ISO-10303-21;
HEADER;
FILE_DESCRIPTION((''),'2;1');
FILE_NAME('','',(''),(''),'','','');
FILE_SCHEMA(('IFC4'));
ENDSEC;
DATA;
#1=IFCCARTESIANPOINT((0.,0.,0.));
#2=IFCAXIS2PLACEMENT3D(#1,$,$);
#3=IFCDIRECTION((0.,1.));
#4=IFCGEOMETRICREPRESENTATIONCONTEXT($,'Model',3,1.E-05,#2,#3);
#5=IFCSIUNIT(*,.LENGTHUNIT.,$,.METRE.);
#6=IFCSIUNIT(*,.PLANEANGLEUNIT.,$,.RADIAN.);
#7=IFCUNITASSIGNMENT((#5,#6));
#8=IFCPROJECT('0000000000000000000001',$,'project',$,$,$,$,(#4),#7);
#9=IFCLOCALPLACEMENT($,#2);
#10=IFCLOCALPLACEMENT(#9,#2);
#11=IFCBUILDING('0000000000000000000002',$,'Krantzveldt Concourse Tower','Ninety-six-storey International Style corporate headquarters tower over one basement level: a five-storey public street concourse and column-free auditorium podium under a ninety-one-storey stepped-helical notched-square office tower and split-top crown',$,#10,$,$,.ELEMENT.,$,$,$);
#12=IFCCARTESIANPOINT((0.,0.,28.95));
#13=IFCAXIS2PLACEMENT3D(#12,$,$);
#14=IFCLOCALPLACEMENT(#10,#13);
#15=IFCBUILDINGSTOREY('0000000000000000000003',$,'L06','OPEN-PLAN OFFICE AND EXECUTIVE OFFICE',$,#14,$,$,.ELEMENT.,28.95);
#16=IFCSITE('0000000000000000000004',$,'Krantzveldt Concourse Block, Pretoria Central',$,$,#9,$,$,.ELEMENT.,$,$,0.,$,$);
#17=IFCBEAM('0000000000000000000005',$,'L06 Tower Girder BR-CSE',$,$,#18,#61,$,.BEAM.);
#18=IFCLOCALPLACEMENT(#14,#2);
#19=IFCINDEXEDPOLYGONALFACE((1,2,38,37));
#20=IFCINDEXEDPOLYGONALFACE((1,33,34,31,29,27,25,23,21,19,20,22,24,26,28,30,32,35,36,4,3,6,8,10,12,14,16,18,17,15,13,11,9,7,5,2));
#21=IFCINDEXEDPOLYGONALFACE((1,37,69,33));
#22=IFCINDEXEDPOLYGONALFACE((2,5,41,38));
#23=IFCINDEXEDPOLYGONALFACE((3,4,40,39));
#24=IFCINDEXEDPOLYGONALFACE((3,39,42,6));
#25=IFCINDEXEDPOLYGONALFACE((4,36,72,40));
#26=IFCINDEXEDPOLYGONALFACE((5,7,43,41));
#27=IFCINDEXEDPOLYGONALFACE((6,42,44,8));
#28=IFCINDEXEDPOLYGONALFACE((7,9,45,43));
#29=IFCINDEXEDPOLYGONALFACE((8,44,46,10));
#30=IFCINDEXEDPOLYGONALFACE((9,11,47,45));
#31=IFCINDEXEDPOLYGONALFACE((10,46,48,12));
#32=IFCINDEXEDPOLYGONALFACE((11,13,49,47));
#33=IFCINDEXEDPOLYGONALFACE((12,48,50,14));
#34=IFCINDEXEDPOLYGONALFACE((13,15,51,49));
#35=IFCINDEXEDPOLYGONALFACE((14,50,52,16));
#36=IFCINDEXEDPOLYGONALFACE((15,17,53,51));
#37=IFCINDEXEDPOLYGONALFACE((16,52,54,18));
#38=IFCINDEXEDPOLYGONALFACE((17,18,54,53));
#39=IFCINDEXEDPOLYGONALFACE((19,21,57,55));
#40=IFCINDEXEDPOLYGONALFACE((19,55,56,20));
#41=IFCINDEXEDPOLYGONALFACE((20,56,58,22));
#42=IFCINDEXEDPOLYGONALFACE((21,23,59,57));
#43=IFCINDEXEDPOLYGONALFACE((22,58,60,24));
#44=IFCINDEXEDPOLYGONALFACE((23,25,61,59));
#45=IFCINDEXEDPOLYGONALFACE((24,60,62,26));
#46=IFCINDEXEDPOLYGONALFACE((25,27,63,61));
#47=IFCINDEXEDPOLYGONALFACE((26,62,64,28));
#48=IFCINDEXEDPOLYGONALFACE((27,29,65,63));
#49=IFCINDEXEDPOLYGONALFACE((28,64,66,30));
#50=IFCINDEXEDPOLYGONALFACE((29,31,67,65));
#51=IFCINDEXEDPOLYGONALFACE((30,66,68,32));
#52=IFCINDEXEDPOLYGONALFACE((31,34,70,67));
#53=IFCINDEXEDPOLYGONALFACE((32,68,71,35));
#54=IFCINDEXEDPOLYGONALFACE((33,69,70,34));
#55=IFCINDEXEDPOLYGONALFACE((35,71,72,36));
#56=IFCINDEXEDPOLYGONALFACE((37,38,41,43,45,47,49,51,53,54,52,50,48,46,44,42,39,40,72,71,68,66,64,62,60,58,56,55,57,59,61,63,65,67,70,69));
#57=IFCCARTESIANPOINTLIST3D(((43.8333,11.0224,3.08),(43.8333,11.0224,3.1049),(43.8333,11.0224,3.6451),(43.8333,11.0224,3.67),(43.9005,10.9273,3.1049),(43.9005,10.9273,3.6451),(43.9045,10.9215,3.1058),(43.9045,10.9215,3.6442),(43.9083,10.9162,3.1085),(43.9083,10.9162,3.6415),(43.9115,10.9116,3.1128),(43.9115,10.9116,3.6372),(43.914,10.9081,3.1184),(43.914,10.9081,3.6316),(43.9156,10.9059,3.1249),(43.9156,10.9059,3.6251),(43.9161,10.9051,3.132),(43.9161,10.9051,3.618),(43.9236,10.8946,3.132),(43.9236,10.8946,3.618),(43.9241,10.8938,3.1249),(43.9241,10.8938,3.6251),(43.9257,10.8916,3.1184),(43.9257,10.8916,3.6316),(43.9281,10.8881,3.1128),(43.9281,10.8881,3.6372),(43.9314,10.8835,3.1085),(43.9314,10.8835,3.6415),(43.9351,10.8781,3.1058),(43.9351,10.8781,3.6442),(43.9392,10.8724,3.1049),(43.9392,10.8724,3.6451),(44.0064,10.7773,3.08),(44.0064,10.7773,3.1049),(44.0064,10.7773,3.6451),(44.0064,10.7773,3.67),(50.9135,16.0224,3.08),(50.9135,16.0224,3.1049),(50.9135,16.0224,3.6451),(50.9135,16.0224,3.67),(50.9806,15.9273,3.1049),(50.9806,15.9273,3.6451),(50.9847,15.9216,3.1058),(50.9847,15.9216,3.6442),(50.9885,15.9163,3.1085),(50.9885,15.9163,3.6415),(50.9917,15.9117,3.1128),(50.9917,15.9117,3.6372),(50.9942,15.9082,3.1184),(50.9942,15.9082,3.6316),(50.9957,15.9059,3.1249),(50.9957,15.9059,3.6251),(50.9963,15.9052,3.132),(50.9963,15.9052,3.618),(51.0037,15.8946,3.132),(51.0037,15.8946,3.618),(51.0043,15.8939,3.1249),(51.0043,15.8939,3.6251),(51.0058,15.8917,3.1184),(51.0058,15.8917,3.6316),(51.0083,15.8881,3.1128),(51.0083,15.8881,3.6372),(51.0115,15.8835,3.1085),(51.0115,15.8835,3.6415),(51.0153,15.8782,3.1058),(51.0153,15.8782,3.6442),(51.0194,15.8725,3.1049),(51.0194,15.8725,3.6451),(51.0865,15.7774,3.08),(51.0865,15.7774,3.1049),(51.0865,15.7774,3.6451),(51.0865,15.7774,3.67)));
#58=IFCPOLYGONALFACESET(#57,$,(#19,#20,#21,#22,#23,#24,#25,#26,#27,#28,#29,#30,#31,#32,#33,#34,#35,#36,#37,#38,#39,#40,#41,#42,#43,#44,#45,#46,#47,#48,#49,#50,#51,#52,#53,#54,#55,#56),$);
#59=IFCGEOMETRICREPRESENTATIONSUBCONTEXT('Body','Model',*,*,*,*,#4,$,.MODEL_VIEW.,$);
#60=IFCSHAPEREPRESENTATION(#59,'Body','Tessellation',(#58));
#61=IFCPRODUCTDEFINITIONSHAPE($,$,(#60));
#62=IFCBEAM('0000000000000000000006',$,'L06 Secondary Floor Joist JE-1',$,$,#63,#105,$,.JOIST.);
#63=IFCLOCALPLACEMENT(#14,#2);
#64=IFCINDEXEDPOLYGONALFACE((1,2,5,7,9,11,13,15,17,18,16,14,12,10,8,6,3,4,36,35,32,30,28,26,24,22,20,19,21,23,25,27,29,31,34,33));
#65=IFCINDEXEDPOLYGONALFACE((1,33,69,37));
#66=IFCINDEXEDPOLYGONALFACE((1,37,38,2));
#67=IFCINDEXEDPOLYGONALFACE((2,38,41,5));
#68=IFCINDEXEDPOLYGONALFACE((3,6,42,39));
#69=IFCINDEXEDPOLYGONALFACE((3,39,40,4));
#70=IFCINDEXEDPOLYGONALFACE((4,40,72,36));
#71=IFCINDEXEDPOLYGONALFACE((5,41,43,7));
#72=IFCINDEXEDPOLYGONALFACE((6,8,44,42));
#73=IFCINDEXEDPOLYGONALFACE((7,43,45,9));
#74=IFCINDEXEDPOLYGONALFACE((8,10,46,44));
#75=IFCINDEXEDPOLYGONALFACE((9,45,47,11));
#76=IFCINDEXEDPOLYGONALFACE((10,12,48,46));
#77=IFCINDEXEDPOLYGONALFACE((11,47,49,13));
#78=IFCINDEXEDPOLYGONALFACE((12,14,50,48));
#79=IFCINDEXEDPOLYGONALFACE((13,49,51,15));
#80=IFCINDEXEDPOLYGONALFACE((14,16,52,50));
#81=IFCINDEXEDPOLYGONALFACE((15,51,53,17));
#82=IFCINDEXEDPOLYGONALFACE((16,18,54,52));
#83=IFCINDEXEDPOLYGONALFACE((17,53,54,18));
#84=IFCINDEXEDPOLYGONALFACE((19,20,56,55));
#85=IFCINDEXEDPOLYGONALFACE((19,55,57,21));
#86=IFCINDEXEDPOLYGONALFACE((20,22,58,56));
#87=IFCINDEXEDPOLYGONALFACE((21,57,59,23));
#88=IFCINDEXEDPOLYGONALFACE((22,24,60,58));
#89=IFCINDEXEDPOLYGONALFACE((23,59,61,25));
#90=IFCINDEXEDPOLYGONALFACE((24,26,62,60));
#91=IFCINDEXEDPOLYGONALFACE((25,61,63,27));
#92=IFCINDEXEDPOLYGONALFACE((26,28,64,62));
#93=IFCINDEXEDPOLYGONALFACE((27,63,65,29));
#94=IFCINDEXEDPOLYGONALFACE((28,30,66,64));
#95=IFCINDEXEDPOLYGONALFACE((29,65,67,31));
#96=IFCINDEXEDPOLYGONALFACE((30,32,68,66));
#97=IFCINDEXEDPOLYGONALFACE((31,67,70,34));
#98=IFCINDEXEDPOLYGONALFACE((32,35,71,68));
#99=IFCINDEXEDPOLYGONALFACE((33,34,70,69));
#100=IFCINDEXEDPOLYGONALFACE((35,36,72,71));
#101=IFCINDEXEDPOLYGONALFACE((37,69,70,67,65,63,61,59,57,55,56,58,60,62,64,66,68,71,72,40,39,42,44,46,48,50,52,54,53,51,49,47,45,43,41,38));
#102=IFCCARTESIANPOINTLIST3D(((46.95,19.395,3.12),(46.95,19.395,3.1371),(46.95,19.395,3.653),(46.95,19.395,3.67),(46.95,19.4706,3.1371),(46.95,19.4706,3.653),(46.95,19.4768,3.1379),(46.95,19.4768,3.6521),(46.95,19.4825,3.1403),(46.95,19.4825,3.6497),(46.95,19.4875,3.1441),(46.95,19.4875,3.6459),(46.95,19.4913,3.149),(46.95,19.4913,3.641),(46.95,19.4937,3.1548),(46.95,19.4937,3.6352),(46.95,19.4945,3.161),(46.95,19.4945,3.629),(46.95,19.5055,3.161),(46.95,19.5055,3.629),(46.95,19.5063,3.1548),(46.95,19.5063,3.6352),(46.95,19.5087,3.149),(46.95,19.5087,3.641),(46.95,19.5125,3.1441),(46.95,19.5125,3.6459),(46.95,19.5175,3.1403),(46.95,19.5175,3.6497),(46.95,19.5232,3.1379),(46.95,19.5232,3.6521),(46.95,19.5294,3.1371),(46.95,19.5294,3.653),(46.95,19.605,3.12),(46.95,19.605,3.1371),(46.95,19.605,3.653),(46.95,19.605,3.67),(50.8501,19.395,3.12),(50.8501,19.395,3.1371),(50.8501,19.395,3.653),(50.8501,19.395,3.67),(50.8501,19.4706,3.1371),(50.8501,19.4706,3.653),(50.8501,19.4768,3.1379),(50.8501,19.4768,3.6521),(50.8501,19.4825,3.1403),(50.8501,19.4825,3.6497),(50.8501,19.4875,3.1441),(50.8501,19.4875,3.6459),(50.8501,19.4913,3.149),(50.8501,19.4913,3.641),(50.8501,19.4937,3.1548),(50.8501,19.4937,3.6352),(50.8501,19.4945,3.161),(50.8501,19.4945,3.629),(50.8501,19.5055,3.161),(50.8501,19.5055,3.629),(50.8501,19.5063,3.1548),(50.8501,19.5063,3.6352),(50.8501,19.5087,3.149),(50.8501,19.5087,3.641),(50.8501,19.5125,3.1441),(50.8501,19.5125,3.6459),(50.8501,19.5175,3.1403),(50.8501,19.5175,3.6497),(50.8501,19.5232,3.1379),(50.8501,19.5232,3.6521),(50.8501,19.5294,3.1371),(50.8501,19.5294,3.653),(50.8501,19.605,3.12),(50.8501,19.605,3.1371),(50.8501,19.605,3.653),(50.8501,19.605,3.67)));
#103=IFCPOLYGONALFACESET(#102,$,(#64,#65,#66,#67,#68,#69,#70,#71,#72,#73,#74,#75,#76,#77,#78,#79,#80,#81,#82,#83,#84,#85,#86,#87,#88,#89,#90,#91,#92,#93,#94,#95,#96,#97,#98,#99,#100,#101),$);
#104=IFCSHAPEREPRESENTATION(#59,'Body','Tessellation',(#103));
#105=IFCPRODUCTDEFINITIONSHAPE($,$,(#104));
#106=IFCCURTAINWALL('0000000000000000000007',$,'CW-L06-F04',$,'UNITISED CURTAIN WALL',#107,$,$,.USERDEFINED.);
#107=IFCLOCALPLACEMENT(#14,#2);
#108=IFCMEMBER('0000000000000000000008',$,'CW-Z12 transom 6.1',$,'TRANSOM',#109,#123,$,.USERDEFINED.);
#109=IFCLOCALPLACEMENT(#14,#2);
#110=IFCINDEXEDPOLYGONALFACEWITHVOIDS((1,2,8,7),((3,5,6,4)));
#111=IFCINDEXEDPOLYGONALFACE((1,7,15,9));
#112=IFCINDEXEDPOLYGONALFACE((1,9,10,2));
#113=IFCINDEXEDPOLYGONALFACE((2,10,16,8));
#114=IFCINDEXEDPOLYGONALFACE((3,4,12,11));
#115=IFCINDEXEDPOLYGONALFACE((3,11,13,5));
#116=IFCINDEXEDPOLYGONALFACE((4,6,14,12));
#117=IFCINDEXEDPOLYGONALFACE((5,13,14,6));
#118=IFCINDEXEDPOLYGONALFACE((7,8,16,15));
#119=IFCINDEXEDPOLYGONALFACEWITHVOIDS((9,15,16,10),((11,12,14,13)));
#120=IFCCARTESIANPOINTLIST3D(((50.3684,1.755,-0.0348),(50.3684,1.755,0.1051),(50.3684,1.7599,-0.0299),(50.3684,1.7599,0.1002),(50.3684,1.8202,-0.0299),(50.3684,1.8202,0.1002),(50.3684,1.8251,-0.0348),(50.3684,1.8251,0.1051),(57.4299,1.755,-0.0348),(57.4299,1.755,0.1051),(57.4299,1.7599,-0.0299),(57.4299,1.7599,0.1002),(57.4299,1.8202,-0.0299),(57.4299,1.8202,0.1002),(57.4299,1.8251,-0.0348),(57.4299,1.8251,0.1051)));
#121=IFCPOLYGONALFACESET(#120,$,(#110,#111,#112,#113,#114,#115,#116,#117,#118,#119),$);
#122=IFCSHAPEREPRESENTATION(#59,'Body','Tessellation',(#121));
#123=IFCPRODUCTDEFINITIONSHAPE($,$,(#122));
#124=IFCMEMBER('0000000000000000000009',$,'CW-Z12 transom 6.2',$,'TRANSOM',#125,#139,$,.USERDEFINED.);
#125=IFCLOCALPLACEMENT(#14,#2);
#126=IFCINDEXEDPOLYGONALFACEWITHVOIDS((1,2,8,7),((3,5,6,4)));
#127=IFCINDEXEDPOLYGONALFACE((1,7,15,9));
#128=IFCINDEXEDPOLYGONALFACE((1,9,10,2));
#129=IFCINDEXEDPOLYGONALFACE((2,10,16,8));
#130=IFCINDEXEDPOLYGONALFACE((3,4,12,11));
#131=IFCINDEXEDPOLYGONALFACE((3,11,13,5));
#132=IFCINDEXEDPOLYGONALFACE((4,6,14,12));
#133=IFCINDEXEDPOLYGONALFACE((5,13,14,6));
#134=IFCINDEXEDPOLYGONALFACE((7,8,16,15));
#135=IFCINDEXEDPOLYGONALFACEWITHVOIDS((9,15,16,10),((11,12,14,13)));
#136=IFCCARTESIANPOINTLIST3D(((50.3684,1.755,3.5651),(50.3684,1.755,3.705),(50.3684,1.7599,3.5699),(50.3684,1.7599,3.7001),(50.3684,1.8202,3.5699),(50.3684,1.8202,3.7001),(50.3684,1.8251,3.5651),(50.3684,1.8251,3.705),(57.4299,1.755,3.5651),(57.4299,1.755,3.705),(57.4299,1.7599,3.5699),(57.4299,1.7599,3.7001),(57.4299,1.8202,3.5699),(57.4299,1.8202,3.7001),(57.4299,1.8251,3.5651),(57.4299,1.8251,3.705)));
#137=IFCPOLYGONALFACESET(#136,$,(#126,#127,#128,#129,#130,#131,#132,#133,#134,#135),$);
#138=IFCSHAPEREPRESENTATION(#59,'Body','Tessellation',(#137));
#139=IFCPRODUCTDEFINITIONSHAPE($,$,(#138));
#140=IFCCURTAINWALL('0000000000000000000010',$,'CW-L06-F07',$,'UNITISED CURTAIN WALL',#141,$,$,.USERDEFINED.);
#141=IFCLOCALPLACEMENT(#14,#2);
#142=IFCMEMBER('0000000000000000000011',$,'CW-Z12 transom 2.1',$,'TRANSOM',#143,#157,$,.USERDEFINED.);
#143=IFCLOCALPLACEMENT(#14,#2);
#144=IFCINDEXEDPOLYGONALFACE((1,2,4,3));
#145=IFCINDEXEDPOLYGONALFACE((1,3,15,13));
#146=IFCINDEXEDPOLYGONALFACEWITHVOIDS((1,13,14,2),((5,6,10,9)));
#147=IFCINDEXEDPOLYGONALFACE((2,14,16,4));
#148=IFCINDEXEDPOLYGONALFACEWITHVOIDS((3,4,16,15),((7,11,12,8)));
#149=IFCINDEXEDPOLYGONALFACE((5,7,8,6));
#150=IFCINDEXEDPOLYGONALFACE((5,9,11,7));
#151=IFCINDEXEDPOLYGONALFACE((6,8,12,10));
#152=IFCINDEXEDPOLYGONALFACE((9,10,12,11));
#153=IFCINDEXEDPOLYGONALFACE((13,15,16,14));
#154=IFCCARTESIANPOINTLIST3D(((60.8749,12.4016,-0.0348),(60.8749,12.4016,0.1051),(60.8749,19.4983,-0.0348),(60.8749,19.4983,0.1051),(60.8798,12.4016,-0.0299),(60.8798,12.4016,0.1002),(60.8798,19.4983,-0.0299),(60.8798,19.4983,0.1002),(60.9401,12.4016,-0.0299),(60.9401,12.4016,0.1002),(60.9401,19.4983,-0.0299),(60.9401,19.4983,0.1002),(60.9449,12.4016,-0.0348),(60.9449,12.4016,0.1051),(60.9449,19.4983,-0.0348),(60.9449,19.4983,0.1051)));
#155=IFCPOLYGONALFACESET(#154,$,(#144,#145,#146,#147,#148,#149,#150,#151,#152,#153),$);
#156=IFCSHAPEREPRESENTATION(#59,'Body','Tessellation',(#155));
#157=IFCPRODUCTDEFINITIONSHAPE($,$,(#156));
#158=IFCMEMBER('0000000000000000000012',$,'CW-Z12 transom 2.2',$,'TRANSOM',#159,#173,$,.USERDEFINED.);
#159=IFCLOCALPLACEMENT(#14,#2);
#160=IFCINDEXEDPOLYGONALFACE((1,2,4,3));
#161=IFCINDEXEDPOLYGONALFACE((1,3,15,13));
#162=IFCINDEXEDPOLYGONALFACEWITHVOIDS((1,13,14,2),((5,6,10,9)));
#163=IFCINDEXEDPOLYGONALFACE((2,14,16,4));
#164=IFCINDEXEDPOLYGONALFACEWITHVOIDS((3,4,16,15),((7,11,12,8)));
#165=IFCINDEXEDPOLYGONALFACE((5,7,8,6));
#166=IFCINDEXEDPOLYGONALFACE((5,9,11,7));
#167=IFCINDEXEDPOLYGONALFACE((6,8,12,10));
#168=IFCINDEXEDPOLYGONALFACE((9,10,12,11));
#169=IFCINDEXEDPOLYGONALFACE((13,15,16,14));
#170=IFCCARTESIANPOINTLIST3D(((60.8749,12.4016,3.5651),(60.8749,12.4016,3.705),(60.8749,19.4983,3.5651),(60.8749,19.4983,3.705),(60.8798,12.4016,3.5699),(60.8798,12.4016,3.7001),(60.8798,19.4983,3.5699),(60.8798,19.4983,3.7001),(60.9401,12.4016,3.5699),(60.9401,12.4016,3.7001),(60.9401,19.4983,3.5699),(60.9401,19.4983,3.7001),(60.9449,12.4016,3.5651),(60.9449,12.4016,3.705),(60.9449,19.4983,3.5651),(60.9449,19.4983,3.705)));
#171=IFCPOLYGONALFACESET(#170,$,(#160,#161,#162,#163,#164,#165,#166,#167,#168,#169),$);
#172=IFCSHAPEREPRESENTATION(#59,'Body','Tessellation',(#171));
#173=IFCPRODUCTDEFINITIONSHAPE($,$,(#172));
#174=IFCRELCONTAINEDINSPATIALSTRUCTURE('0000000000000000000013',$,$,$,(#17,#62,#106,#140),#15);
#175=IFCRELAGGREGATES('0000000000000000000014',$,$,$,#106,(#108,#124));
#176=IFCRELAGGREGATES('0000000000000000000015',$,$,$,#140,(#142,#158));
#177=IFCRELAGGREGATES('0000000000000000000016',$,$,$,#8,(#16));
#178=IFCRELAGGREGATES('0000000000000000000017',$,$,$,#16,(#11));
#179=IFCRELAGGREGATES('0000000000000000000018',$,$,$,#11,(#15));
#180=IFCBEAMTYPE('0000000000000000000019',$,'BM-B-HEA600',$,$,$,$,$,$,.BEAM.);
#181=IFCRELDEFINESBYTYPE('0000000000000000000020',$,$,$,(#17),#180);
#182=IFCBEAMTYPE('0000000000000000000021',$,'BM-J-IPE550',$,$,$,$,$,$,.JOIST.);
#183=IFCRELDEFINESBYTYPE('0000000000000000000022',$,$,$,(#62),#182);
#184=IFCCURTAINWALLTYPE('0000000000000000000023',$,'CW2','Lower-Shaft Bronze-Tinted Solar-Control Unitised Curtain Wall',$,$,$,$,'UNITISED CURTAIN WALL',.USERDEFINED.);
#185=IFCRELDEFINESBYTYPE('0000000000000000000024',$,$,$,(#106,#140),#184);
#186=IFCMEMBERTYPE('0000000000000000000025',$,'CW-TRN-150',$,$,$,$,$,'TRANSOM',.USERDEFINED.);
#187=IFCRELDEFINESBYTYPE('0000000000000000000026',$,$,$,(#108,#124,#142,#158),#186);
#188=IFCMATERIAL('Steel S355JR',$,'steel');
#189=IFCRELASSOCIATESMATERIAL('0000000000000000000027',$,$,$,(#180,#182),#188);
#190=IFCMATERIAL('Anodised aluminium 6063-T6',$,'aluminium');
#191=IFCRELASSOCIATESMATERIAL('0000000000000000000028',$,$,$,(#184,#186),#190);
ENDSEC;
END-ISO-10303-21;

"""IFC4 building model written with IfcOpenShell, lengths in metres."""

from ifc_helpers import new_model, si_unit, direction, frame, origin, origin_2d, place, context, subcontext, project, spatial, hollow_rectangle, i_section, extrude, source, transform, mapped, material, material_profile, profile_set, type_object, type_shapes, element, aggregate, save


model = new_model("IFC4")

# Units and contexts
model_context = context("Model", 3, precision=1e-05, world=origin(), true_north=direction((0.0, 1.0)))
body_context = subcontext(model_context, "Body", "Model", "MODEL_VIEW")
ifc_project = project(units=[si_unit("LENGTHUNIT", "METRE"), si_unit("PLANEANGLEUNIT", "RADIAN")], contexts=[model_context])

# Site, building, storey
site_placement = place(None, origin())
site = spatial("IfcSite", under=ifc_project, at=site_placement, Name="Krantzveldt Concourse Block, Pretoria Central", CompositionType="ELEMENT", RefElevation=0.0)
building_placement = place(site_placement, origin())
building = spatial("IfcBuilding", under=site, at=building_placement, Name="Krantzveldt Concourse Tower", Description="Ninety-six-storey International Style corporate headquarters tower over one basement level: a five-storey public street concourse and column-free auditorium podium under a ninety-one-storey stepped-helical notched-square office tower and split-top crown", CompositionType="ELEMENT")
storey_placement = place(building_placement, frame((0.0, 0.0, 28.95)))
storey = spatial("IfcBuildingStorey", under=building, at=storey_placement, Name="L06", Description="OPEN-PLAN OFFICE AND EXECUTIVE OFFICE", CompositionType="ELEMENT", Elevation=28.95)

# Beams
ifc_material_1 = material(Name="Steel S355JR", Category="steel")
ifc_material_profile_1 = material_profile(ifc_material_1, i_section(OverallWidth=0.3, OverallDepth=0.5901, WebThickness=0.0129, FlangeThickness=0.0249, FilletRadius=0.0271, at=origin_2d()), Name="Steel S355JR", Category="steel")
ifc_profile_set_1 = profile_set([ifc_material_profile_1], Name="Steel S355JR - HEA 600")
beam_type_1 = type_object("IfcBeamType", Name="BM-B-HEA600", PredefinedType="BEAM", material=ifc_profile_set_1)
shared_shape_1 = source(origin(), body_context, "Body", "SweptSolid", [
    extrude(i_section(OverallWidth=0.3, OverallDepth=0.5901, WebThickness=0.0129, FlangeThickness=0.0249, FilletRadius=0.0271, at=origin_2d()), origin(), (0.0, 0.0, 1.0), 8.6677),
])
beam_1_placement = place(storey_placement, frame((51.0, 15.8999, 3.375), z_axis=(-0.816843, -0.57686, 0.0), x_axis=(0.57686, -0.816843, 0.0)))
element("IfcBeam", 1, at=beam_1_placement, inside=storey, type_object=beam_type_1, Name="L06 Tower Girder BR-CSE", PredefinedType="BEAM", context=body_context, shape_type="MappedRepresentation", body=[
    mapped(shared_shape_1, transform((0.0, 0.0, 0.0), x_axis=(1.0, 0.0, 0.0), y_axis=(0.0, 1.0, 0.0), z_axis=(0.0, 0.0, 1.0), scale=1.0)),
])
ifc_material_profile_2 = material_profile(ifc_material_1, i_section(OverallWidth=0.21, OverallDepth=0.55, WebThickness=0.011, FlangeThickness=0.0171, FilletRadius=0.0239, at=origin_2d()), Name="Steel S355JR", Category="steel")
ifc_profile_set_2 = profile_set([ifc_material_profile_2], Name="Steel S355JR - IPE 550")
beam_type_2 = type_object("IfcBeamType", Name="BM-J-IPE550", PredefinedType="JOIST", material=ifc_profile_set_2)
shared_shape_2 = source(origin(), body_context, "Body", "SweptSolid", [
    extrude(i_section(OverallWidth=0.21, OverallDepth=0.55, WebThickness=0.011, FlangeThickness=0.0171, FilletRadius=0.0239, at=origin_2d()), origin(), (0.0, 0.0, 1.0), 3.9001),
])
type_shapes(beam_type_2, [shared_shape_2])
beam_2_placement = place(storey_placement, frame((46.95, 19.5, 3.395), z_axis=(1.0, 0.0, 0.0), x_axis=(0.0, 1.0, 0.0)))
element("IfcBeam", 2, at=beam_2_placement, inside=storey, type_object=beam_type_2, Name="L06 Secondary Floor Joist JE-1", PredefinedType="JOIST", context=body_context, shape_type="MappedRepresentation", body=[
    mapped(shared_shape_2, transform((0.0, 0.0, 0.0), x_axis=(1.0, 0.0, 0.0), y_axis=(0.0, 1.0, 0.0), z_axis=(0.0, 0.0, 1.0), scale=1.0)),
])

# Curtain walls, members
ifc_material_2 = material(Name="Anodised aluminium 6063-T6", Category="aluminium")
curtain_wall_type = type_object("IfcCurtainWallType", Name="CW2", Description="Lower-Shaft Bronze-Tinted Solar-Control Unitised Curtain Wall", ElementType="UNITISED CURTAIN WALL", PredefinedType="USERDEFINED", material=ifc_material_2)
curtain_wall_1_placement = place(storey_placement, origin())
curtain_wall_1 = element("IfcCurtainWall", 3, at=curtain_wall_1_placement, inside=storey, type_object=curtain_wall_type, Name="CW-L06-F04", ObjectType="UNITISED CURTAIN WALL", PredefinedType="USERDEFINED")
ifc_material_profile_3 = material_profile(ifc_material_2, hollow_rectangle(XDim=0.0701, YDim=0.1399, WallThickness=0.0049, at=origin_2d()), Name="Anodised aluminium 6063-T6", Category="aluminium")
ifc_profile_set_3 = profile_set([ifc_material_profile_3], Name="Anodised aluminium 6063-T6 - ALU-TRAN 140x70x5")
member_type_1 = type_object("IfcMemberType", Name="CW-TRN-150", ElementType="TRANSOM", PredefinedType="USERDEFINED", material=ifc_profile_set_3)
shared_shape_3 = source(origin(), body_context, "Body", "SweptSolid", [
    extrude(hollow_rectangle(XDim=0.0701, YDim=0.1399, WallThickness=0.0049, at=origin_2d()), origin(), (0.0, 0.0, 1.0), 7.0615),
])
member_1_placement = place(storey_placement, frame((50.3684, 1.79, 0.0352), z_axis=(1.0, 0.0, 0.0), x_axis=(0.0, 1.0, 0.0)))
member_1 = element("IfcMember", 4, at=member_1_placement, type_object=member_type_1, Name="CW-Z12 transom 6.1", ObjectType="TRANSOM", PredefinedType="USERDEFINED", context=body_context, shape_type="MappedRepresentation", body=[
    mapped(shared_shape_3, transform((0.0, 0.0, 0.0), x_axis=(1.0, 0.0, 0.0), y_axis=(0.0, 1.0, 0.0), z_axis=(0.0, 0.0, 1.0), scale=1.0)),
])
member_2_placement = place(storey_placement, frame((50.3684, 1.79, 3.635), z_axis=(1.0, 0.0, 0.0), x_axis=(0.0, 1.0, 0.0)))
member_2 = element("IfcMember", 5, at=member_2_placement, type_object=member_type_1, Name="CW-Z12 transom 6.2", ObjectType="TRANSOM", PredefinedType="USERDEFINED", context=body_context, shape_type="MappedRepresentation", body=[
    mapped(shared_shape_3, transform((0.0, 0.0, 0.0), x_axis=(1.0, 0.0, 0.0), y_axis=(0.0, 1.0, 0.0), z_axis=(0.0, 0.0, 1.0), scale=1.0)),
])
curtain_wall_2_placement = place(storey_placement, origin())
curtain_wall_2 = element("IfcCurtainWall", 6, at=curtain_wall_2_placement, inside=storey, type_object=curtain_wall_type, Name="CW-L06-F07", ObjectType="UNITISED CURTAIN WALL", PredefinedType="USERDEFINED")
shared_shape_4 = source(origin(), body_context, "Body", "SweptSolid", [
    extrude(hollow_rectangle(XDim=0.0701, YDim=0.1399, WallThickness=0.0049, at=origin_2d()), origin(), (0.0, 0.0, 1.0), 7.0967),
])
member_3_placement = place(storey_placement, frame((60.9099, 12.4016, 0.0352), z_axis=(0.0, 1.0, 0.0), x_axis=(-1.0, 0.0, 0.0)))
member_3 = element("IfcMember", 7, at=member_3_placement, type_object=member_type_1, Name="CW-Z12 transom 2.1", ObjectType="TRANSOM", PredefinedType="USERDEFINED", context=body_context, shape_type="MappedRepresentation", body=[
    mapped(shared_shape_4, transform((0.0, 0.0, 0.0), x_axis=(1.0, 0.0, 0.0), y_axis=(0.0, 1.0, 0.0), z_axis=(0.0, 0.0, 1.0), scale=1.0)),
])
member_4_placement = place(storey_placement, frame((60.9099, 12.4016, 3.635), z_axis=(0.0, 1.0, 0.0), x_axis=(-1.0, 0.0, 0.0)))
member_4 = element("IfcMember", 8, at=member_4_placement, type_object=member_type_1, Name="CW-Z12 transom 2.2", ObjectType="TRANSOM", PredefinedType="USERDEFINED", context=body_context, shape_type="MappedRepresentation", body=[
    mapped(shared_shape_4, transform((0.0, 0.0, 0.0), x_axis=(1.0, 0.0, 0.0), y_axis=(0.0, 1.0, 0.0), z_axis=(0.0, 0.0, 1.0), scale=1.0)),
])

aggregate(curtain_wall_1, [member_1, member_2])
aggregate(curtain_wall_2, [member_3, member_4])

save(model, "model.ifc")
